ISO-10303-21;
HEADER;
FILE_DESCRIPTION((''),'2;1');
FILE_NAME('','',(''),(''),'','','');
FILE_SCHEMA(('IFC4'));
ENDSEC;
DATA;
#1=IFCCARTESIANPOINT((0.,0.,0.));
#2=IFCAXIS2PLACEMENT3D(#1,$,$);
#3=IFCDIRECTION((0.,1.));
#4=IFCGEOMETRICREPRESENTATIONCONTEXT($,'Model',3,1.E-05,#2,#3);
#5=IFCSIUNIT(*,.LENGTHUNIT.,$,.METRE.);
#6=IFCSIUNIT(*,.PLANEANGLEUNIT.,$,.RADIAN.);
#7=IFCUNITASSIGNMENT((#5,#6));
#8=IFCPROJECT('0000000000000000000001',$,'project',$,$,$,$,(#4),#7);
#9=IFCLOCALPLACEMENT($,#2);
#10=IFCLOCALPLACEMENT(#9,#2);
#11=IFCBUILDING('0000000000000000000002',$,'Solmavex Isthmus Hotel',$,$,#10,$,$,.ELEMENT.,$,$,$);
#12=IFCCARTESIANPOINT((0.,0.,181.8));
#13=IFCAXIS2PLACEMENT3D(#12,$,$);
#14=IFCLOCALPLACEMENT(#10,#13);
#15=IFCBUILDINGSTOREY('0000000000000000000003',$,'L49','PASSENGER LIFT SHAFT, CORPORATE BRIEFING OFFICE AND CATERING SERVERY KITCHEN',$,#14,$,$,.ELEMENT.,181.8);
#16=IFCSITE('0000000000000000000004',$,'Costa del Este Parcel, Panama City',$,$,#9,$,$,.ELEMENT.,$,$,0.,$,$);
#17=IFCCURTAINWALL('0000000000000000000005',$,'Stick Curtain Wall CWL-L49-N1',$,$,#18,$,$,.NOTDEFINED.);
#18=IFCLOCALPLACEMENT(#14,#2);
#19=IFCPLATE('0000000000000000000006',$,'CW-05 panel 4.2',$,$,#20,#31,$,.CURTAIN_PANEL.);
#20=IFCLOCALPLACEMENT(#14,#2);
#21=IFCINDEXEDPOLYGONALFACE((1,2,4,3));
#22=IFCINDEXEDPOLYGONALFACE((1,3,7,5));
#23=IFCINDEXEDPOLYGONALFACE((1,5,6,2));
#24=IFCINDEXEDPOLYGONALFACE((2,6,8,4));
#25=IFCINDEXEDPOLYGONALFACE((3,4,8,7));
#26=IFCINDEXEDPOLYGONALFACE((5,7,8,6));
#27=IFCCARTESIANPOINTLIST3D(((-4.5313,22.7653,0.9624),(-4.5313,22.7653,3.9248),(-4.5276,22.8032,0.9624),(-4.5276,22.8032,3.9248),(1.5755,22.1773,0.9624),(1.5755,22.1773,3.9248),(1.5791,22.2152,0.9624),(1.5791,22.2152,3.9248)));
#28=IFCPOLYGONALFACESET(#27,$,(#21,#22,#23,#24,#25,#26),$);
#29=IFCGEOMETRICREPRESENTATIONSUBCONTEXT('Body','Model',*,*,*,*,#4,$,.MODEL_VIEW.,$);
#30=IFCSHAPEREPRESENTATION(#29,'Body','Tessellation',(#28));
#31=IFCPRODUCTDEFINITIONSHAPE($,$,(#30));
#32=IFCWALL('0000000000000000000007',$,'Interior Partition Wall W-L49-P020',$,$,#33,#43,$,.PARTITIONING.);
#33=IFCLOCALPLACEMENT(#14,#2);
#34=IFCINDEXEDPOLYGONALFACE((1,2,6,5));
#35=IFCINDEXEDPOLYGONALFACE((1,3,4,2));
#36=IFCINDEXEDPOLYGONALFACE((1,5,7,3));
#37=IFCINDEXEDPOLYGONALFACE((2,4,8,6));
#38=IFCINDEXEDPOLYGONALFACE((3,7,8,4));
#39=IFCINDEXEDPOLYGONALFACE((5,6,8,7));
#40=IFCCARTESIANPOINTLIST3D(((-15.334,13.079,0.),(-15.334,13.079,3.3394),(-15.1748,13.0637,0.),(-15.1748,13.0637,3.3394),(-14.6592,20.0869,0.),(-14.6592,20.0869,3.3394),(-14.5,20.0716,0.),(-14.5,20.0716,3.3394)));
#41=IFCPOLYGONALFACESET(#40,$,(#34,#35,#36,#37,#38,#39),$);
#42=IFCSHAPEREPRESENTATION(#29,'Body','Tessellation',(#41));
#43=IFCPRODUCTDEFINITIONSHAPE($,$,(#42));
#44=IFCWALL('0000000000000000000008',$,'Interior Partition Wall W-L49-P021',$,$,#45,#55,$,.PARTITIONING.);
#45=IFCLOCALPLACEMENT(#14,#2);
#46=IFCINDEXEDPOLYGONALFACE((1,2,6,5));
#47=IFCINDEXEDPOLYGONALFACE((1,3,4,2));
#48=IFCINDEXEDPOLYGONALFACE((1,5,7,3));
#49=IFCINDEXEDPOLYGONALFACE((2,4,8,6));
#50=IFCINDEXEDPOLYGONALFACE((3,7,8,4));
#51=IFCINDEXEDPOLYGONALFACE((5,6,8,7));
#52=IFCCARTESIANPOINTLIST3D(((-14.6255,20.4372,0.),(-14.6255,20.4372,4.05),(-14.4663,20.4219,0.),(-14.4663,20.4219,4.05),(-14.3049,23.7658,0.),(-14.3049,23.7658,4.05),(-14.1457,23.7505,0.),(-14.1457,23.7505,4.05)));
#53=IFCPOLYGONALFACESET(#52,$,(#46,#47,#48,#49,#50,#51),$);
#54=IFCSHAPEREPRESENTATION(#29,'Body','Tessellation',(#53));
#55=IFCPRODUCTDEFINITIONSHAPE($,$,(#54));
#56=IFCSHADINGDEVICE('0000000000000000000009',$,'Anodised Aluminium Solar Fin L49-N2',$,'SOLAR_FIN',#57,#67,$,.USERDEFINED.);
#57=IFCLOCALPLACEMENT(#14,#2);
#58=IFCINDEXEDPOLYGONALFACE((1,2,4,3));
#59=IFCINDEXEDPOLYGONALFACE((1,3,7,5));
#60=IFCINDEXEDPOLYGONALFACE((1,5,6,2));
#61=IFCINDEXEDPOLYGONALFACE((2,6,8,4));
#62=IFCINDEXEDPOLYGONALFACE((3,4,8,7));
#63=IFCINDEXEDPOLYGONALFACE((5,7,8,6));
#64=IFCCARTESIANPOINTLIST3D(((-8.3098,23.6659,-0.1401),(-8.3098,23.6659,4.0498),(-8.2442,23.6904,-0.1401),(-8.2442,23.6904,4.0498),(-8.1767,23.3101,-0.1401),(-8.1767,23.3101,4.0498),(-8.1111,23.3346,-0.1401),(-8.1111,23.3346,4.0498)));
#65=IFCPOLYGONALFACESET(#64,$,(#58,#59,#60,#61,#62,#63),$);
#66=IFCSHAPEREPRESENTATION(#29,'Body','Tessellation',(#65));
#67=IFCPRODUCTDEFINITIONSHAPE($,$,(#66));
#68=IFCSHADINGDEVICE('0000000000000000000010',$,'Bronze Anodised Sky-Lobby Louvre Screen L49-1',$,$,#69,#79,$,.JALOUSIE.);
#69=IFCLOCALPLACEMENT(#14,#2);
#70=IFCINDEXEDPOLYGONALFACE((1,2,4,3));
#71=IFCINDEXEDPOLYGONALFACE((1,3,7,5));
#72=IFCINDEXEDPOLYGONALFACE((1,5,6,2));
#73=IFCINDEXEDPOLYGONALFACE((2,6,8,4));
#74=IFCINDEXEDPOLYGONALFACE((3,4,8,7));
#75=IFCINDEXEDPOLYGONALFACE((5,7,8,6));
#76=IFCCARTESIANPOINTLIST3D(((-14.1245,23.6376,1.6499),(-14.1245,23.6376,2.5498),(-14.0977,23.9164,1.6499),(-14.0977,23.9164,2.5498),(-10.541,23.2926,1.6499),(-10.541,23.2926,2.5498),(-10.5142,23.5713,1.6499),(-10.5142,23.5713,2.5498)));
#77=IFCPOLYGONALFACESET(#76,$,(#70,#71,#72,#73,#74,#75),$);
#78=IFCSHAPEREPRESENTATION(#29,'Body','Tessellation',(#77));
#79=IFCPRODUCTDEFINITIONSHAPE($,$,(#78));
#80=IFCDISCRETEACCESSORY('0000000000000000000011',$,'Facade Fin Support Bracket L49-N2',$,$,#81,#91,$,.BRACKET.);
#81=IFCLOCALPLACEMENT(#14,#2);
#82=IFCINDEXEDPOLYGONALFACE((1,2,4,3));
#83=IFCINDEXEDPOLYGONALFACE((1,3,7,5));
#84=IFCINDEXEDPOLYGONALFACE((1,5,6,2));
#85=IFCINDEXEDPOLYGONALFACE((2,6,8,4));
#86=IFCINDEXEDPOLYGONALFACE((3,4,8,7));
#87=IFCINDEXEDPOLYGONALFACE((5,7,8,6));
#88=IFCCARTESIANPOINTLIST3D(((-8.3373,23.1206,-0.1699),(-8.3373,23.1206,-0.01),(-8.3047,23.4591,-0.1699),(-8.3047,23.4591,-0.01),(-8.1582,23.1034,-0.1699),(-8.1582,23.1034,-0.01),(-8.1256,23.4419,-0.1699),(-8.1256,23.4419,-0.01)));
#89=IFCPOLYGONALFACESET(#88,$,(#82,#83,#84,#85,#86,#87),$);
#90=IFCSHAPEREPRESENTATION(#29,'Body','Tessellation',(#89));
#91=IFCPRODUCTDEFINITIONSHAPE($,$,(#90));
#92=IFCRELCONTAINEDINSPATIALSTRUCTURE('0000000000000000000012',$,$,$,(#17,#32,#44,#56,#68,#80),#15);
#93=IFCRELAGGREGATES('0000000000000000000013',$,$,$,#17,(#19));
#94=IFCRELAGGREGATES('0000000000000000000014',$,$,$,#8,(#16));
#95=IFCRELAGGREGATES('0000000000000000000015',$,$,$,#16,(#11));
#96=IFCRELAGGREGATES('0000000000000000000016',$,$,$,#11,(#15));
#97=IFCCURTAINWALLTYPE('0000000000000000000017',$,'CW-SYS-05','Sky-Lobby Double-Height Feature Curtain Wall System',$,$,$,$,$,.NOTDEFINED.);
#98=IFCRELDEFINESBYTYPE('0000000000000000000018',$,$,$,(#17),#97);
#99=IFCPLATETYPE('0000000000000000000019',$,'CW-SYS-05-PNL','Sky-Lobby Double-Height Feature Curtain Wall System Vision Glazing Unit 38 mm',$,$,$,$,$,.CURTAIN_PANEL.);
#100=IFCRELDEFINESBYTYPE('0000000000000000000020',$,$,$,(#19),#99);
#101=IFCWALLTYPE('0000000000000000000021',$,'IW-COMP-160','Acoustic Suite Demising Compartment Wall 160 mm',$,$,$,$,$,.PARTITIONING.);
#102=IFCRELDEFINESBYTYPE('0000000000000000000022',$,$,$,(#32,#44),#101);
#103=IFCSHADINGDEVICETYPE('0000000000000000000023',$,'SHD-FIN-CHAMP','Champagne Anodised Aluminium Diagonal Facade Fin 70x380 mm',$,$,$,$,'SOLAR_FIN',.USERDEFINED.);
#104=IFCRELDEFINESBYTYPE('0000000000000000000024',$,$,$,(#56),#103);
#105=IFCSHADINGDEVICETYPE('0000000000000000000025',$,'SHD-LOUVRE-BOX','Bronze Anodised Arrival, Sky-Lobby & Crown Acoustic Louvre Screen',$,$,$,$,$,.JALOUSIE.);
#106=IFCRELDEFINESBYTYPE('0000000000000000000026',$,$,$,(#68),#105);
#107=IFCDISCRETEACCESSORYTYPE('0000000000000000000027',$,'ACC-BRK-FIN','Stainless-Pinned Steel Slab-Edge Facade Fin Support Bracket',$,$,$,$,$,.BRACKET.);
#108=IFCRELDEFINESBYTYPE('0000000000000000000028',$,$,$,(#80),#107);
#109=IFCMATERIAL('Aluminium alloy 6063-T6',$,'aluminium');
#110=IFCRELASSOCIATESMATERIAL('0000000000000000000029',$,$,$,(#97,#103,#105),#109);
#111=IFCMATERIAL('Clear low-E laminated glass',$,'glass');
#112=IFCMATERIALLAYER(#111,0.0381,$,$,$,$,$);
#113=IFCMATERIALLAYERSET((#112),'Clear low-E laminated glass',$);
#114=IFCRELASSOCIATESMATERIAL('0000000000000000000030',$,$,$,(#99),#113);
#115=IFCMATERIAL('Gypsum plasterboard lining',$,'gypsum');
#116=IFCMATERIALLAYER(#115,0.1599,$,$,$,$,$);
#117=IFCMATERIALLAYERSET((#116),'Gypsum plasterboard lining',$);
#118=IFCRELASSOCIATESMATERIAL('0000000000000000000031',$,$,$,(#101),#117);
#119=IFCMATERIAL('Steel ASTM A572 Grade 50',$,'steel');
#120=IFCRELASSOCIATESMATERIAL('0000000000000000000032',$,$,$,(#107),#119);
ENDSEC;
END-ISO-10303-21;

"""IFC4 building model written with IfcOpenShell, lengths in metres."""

from ifc_helpers import new_model, si_unit, direction, frame, frame_2d, origin, origin_2d, place, context, subcontext, project, spatial, rectangle, extrude, material, layer, layer_set, type_object, element, aggregate, save


model = new_model("IFC4")

# Units and contexts
model_context = context("Model", 3, precision=1e-05, world=origin(), true_north=direction((0.0, 1.0)))
body_context = subcontext(model_context, "Body", "Model", "MODEL_VIEW")
ifc_project = project(units=[si_unit("LENGTHUNIT", "METRE"), si_unit("PLANEANGLEUNIT", "RADIAN")], contexts=[model_context])

# Site, building, storey
site_placement = place(None, origin())
site = spatial("IfcSite", under=ifc_project, at=site_placement, Name="Costa del Este Parcel, Panama City", CompositionType="ELEMENT", RefElevation=0.0)
building_placement = place(site_placement, origin())
building = spatial("IfcBuilding", under=site, at=building_placement, Name="Solmavex Isthmus Hotel", CompositionType="ELEMENT")
storey_placement = place(building_placement, frame((0.0, 0.0, 181.8)))
storey = spatial("IfcBuildingStorey", under=building, at=storey_placement, Name="L49", Description="PASSENGER LIFT SHAFT, CORPORATE BRIEFING OFFICE AND CATERING SERVERY KITCHEN", CompositionType="ELEMENT", Elevation=181.8)

# Curtain wall, plate
ifc_material_1 = material(Name="Aluminium alloy 6063-T6", Category="aluminium")
curtain_wall_type = type_object("IfcCurtainWallType", Name="CW-SYS-05", Description="Sky-Lobby Double-Height Feature Curtain Wall System", PredefinedType="NOTDEFINED", material=ifc_material_1)
curtain_wall_placement = place(storey_placement, origin())
curtain_wall = element("IfcCurtainWall", 1, at=curtain_wall_placement, inside=storey, type_object=curtain_wall_type, Name="Stick Curtain Wall CWL-L49-N1", PredefinedType="NOTDEFINED")
ifc_material_2 = material(Name="Clear low-E laminated glass", Category="glass")
ifc_layer_1 = layer(ifc_material_2, 0.0381)
ifc_layer_set_1 = layer_set([ifc_layer_1], Name="Clear low-E laminated glass")
plate_type = type_object("IfcPlateType", Name="CW-SYS-05-PNL", Description="Sky-Lobby Double-Height Feature Curtain Wall System Vision Glazing Unit 38 mm", PredefinedType="CURTAIN_PANEL", material=ifc_layer_set_1)
plate_1_placement = place(storey_placement, frame((-1.4761, 22.4902, 0.9624), z_axis=(0.0, 0.0, 1.0), x_axis=(0.995396, -0.095846, 0.0)))
plate_1 = element("IfcPlate", 2, at=plate_1_placement, type_object=plate_type, Name="CW-05 panel 4.2", PredefinedType="CURTAIN_PANEL", context=body_context, shape_type="SweptSolid", body=[
    extrude(rectangle(XDim=6.135, YDim=0.0381, at=origin_2d()), origin(), (0.0, 0.0, 1.0), 2.9624),
])
aggregate(curtain_wall, [plate_1])

# Walls
ifc_material_3 = material(Name="Gypsum plasterboard lining", Category="gypsum")
ifc_layer_2 = layer(ifc_material_3, 0.1599)
ifc_layer_set_2 = layer_set([ifc_layer_2], Name="Gypsum plasterboard lining")
wall_type = type_object("IfcWallType", Name="IW-COMP-160", Description="Acoustic Suite Demising Compartment Wall 160 mm", PredefinedType="PARTITIONING", material=ifc_layer_set_2)
wall_1_placement = place(storey_placement, frame((-14.5796, 20.0791, 0.0), z_axis=(0.0, 0.0, 1.0), x_axis=(-0.09585, -0.995396, 0.0)))
element("IfcWall", 3, at=wall_1_placement, inside=storey, type_object=wall_type, Name="Interior Partition Wall W-L49-P020", PredefinedType="PARTITIONING", context=body_context, shape_type="SweptSolid", body=[
    extrude(rectangle(XDim=7.0403, YDim=0.1599, at=frame_2d((3.52, 0.0))), origin(), (0.0, 0.0, 1.0), 3.3394),
])
wall_2_placement = place(storey_placement, frame((-14.2253, 23.7581, 0.0), z_axis=(0.0, 0.0, 1.0), x_axis=(-0.09586, -0.995395, 0.0)))
element("IfcWall", 4, at=wall_2_placement, inside=storey, type_object=wall_type, Name="Interior Partition Wall W-L49-P021", PredefinedType="PARTITIONING", context=body_context, shape_type="SweptSolid", body=[
    extrude(rectangle(XDim=3.344, YDim=0.1599, at=frame_2d((1.6719, 0.0))), origin(), (0.0, 0.0, 1.0), 4.05),
])

# Shading devices
shading_device_type_1 = type_object("IfcShadingDeviceType", Name="SHD-FIN-CHAMP", Description="Champagne Anodised Aluminium Diagonal Facade Fin 70x380 mm", ElementType="SOLAR_FIN", PredefinedType="USERDEFINED", material=ifc_material_1)
shading_device_1_placement = place(storey_placement, frame((-8.2104, 23.5002, -0.1401), z_axis=(0.0, 0.0, 1.0), x_axis=(-0.350207, 0.936672, 0.0)))
element("IfcShadingDevice", 5, at=shading_device_1_placement, inside=storey, type_object=shading_device_type_1, Name="Anodised Aluminium Solar Fin L49-N2", ObjectType="SOLAR_FIN", PredefinedType="USERDEFINED", context=body_context, shape_type="SweptSolid", body=[
    extrude(rectangle(XDim=0.3799, YDim=0.0701, at=origin_2d()), origin(), (0.0, 0.0, 1.0), 4.1899),
])
shading_device_type_2 = type_object("IfcShadingDeviceType", Name="SHD-LOUVRE-BOX", Description="Bronze Anodised Arrival, Sky-Lobby & Crown Acoustic Louvre Screen", PredefinedType="JALOUSIE", material=ifc_material_1)
shading_device_2_placement = place(storey_placement, frame((-12.3193, 23.6045, 1.6499), z_axis=(0.0, 0.0, 1.0), x_axis=(0.995396, -0.095846, 0.0)))
element("IfcShadingDevice", 6, at=shading_device_2_placement, inside=storey, type_object=shading_device_type_2, Name="Bronze Anodised Sky-Lobby Louvre Screen L49-1", PredefinedType="JALOUSIE", context=body_context, shape_type="SweptSolid", body=[
    extrude(rectangle(XDim=3.6001, YDim=0.28, at=origin_2d()), origin(), (0.0, 0.0, 1.0), 0.8999),
])

# Discrete accessory
ifc_material_4 = material(Name="Steel ASTM A572 Grade 50", Category="steel")
discrete_accessory_type = type_object("IfcDiscreteAccessoryType", Name="ACC-BRK-FIN", Description="Stainless-Pinned Steel Slab-Edge Facade Fin Support Bracket", PredefinedType="BRACKET", material=ifc_material_4)
discrete_accessory_placement = place(storey_placement, frame((-8.2314, 23.2812, -0.1699), z_axis=(0.0, 0.0, 1.0), x_axis=(0.095846, 0.995396, 0.0)))
element("IfcDiscreteAccessory", 7, at=discrete_accessory_placement, inside=storey, type_object=discrete_accessory_type, Name="Facade Fin Support Bracket L49-N2", PredefinedType="BRACKET", context=body_context, shape_type="SweptSolid", body=[
    extrude(rectangle(XDim=0.3401, YDim=0.1799, at=origin_2d()), origin(), (0.0, 0.0, 1.0), 0.1599),
])

save(model, "model.ifc")
